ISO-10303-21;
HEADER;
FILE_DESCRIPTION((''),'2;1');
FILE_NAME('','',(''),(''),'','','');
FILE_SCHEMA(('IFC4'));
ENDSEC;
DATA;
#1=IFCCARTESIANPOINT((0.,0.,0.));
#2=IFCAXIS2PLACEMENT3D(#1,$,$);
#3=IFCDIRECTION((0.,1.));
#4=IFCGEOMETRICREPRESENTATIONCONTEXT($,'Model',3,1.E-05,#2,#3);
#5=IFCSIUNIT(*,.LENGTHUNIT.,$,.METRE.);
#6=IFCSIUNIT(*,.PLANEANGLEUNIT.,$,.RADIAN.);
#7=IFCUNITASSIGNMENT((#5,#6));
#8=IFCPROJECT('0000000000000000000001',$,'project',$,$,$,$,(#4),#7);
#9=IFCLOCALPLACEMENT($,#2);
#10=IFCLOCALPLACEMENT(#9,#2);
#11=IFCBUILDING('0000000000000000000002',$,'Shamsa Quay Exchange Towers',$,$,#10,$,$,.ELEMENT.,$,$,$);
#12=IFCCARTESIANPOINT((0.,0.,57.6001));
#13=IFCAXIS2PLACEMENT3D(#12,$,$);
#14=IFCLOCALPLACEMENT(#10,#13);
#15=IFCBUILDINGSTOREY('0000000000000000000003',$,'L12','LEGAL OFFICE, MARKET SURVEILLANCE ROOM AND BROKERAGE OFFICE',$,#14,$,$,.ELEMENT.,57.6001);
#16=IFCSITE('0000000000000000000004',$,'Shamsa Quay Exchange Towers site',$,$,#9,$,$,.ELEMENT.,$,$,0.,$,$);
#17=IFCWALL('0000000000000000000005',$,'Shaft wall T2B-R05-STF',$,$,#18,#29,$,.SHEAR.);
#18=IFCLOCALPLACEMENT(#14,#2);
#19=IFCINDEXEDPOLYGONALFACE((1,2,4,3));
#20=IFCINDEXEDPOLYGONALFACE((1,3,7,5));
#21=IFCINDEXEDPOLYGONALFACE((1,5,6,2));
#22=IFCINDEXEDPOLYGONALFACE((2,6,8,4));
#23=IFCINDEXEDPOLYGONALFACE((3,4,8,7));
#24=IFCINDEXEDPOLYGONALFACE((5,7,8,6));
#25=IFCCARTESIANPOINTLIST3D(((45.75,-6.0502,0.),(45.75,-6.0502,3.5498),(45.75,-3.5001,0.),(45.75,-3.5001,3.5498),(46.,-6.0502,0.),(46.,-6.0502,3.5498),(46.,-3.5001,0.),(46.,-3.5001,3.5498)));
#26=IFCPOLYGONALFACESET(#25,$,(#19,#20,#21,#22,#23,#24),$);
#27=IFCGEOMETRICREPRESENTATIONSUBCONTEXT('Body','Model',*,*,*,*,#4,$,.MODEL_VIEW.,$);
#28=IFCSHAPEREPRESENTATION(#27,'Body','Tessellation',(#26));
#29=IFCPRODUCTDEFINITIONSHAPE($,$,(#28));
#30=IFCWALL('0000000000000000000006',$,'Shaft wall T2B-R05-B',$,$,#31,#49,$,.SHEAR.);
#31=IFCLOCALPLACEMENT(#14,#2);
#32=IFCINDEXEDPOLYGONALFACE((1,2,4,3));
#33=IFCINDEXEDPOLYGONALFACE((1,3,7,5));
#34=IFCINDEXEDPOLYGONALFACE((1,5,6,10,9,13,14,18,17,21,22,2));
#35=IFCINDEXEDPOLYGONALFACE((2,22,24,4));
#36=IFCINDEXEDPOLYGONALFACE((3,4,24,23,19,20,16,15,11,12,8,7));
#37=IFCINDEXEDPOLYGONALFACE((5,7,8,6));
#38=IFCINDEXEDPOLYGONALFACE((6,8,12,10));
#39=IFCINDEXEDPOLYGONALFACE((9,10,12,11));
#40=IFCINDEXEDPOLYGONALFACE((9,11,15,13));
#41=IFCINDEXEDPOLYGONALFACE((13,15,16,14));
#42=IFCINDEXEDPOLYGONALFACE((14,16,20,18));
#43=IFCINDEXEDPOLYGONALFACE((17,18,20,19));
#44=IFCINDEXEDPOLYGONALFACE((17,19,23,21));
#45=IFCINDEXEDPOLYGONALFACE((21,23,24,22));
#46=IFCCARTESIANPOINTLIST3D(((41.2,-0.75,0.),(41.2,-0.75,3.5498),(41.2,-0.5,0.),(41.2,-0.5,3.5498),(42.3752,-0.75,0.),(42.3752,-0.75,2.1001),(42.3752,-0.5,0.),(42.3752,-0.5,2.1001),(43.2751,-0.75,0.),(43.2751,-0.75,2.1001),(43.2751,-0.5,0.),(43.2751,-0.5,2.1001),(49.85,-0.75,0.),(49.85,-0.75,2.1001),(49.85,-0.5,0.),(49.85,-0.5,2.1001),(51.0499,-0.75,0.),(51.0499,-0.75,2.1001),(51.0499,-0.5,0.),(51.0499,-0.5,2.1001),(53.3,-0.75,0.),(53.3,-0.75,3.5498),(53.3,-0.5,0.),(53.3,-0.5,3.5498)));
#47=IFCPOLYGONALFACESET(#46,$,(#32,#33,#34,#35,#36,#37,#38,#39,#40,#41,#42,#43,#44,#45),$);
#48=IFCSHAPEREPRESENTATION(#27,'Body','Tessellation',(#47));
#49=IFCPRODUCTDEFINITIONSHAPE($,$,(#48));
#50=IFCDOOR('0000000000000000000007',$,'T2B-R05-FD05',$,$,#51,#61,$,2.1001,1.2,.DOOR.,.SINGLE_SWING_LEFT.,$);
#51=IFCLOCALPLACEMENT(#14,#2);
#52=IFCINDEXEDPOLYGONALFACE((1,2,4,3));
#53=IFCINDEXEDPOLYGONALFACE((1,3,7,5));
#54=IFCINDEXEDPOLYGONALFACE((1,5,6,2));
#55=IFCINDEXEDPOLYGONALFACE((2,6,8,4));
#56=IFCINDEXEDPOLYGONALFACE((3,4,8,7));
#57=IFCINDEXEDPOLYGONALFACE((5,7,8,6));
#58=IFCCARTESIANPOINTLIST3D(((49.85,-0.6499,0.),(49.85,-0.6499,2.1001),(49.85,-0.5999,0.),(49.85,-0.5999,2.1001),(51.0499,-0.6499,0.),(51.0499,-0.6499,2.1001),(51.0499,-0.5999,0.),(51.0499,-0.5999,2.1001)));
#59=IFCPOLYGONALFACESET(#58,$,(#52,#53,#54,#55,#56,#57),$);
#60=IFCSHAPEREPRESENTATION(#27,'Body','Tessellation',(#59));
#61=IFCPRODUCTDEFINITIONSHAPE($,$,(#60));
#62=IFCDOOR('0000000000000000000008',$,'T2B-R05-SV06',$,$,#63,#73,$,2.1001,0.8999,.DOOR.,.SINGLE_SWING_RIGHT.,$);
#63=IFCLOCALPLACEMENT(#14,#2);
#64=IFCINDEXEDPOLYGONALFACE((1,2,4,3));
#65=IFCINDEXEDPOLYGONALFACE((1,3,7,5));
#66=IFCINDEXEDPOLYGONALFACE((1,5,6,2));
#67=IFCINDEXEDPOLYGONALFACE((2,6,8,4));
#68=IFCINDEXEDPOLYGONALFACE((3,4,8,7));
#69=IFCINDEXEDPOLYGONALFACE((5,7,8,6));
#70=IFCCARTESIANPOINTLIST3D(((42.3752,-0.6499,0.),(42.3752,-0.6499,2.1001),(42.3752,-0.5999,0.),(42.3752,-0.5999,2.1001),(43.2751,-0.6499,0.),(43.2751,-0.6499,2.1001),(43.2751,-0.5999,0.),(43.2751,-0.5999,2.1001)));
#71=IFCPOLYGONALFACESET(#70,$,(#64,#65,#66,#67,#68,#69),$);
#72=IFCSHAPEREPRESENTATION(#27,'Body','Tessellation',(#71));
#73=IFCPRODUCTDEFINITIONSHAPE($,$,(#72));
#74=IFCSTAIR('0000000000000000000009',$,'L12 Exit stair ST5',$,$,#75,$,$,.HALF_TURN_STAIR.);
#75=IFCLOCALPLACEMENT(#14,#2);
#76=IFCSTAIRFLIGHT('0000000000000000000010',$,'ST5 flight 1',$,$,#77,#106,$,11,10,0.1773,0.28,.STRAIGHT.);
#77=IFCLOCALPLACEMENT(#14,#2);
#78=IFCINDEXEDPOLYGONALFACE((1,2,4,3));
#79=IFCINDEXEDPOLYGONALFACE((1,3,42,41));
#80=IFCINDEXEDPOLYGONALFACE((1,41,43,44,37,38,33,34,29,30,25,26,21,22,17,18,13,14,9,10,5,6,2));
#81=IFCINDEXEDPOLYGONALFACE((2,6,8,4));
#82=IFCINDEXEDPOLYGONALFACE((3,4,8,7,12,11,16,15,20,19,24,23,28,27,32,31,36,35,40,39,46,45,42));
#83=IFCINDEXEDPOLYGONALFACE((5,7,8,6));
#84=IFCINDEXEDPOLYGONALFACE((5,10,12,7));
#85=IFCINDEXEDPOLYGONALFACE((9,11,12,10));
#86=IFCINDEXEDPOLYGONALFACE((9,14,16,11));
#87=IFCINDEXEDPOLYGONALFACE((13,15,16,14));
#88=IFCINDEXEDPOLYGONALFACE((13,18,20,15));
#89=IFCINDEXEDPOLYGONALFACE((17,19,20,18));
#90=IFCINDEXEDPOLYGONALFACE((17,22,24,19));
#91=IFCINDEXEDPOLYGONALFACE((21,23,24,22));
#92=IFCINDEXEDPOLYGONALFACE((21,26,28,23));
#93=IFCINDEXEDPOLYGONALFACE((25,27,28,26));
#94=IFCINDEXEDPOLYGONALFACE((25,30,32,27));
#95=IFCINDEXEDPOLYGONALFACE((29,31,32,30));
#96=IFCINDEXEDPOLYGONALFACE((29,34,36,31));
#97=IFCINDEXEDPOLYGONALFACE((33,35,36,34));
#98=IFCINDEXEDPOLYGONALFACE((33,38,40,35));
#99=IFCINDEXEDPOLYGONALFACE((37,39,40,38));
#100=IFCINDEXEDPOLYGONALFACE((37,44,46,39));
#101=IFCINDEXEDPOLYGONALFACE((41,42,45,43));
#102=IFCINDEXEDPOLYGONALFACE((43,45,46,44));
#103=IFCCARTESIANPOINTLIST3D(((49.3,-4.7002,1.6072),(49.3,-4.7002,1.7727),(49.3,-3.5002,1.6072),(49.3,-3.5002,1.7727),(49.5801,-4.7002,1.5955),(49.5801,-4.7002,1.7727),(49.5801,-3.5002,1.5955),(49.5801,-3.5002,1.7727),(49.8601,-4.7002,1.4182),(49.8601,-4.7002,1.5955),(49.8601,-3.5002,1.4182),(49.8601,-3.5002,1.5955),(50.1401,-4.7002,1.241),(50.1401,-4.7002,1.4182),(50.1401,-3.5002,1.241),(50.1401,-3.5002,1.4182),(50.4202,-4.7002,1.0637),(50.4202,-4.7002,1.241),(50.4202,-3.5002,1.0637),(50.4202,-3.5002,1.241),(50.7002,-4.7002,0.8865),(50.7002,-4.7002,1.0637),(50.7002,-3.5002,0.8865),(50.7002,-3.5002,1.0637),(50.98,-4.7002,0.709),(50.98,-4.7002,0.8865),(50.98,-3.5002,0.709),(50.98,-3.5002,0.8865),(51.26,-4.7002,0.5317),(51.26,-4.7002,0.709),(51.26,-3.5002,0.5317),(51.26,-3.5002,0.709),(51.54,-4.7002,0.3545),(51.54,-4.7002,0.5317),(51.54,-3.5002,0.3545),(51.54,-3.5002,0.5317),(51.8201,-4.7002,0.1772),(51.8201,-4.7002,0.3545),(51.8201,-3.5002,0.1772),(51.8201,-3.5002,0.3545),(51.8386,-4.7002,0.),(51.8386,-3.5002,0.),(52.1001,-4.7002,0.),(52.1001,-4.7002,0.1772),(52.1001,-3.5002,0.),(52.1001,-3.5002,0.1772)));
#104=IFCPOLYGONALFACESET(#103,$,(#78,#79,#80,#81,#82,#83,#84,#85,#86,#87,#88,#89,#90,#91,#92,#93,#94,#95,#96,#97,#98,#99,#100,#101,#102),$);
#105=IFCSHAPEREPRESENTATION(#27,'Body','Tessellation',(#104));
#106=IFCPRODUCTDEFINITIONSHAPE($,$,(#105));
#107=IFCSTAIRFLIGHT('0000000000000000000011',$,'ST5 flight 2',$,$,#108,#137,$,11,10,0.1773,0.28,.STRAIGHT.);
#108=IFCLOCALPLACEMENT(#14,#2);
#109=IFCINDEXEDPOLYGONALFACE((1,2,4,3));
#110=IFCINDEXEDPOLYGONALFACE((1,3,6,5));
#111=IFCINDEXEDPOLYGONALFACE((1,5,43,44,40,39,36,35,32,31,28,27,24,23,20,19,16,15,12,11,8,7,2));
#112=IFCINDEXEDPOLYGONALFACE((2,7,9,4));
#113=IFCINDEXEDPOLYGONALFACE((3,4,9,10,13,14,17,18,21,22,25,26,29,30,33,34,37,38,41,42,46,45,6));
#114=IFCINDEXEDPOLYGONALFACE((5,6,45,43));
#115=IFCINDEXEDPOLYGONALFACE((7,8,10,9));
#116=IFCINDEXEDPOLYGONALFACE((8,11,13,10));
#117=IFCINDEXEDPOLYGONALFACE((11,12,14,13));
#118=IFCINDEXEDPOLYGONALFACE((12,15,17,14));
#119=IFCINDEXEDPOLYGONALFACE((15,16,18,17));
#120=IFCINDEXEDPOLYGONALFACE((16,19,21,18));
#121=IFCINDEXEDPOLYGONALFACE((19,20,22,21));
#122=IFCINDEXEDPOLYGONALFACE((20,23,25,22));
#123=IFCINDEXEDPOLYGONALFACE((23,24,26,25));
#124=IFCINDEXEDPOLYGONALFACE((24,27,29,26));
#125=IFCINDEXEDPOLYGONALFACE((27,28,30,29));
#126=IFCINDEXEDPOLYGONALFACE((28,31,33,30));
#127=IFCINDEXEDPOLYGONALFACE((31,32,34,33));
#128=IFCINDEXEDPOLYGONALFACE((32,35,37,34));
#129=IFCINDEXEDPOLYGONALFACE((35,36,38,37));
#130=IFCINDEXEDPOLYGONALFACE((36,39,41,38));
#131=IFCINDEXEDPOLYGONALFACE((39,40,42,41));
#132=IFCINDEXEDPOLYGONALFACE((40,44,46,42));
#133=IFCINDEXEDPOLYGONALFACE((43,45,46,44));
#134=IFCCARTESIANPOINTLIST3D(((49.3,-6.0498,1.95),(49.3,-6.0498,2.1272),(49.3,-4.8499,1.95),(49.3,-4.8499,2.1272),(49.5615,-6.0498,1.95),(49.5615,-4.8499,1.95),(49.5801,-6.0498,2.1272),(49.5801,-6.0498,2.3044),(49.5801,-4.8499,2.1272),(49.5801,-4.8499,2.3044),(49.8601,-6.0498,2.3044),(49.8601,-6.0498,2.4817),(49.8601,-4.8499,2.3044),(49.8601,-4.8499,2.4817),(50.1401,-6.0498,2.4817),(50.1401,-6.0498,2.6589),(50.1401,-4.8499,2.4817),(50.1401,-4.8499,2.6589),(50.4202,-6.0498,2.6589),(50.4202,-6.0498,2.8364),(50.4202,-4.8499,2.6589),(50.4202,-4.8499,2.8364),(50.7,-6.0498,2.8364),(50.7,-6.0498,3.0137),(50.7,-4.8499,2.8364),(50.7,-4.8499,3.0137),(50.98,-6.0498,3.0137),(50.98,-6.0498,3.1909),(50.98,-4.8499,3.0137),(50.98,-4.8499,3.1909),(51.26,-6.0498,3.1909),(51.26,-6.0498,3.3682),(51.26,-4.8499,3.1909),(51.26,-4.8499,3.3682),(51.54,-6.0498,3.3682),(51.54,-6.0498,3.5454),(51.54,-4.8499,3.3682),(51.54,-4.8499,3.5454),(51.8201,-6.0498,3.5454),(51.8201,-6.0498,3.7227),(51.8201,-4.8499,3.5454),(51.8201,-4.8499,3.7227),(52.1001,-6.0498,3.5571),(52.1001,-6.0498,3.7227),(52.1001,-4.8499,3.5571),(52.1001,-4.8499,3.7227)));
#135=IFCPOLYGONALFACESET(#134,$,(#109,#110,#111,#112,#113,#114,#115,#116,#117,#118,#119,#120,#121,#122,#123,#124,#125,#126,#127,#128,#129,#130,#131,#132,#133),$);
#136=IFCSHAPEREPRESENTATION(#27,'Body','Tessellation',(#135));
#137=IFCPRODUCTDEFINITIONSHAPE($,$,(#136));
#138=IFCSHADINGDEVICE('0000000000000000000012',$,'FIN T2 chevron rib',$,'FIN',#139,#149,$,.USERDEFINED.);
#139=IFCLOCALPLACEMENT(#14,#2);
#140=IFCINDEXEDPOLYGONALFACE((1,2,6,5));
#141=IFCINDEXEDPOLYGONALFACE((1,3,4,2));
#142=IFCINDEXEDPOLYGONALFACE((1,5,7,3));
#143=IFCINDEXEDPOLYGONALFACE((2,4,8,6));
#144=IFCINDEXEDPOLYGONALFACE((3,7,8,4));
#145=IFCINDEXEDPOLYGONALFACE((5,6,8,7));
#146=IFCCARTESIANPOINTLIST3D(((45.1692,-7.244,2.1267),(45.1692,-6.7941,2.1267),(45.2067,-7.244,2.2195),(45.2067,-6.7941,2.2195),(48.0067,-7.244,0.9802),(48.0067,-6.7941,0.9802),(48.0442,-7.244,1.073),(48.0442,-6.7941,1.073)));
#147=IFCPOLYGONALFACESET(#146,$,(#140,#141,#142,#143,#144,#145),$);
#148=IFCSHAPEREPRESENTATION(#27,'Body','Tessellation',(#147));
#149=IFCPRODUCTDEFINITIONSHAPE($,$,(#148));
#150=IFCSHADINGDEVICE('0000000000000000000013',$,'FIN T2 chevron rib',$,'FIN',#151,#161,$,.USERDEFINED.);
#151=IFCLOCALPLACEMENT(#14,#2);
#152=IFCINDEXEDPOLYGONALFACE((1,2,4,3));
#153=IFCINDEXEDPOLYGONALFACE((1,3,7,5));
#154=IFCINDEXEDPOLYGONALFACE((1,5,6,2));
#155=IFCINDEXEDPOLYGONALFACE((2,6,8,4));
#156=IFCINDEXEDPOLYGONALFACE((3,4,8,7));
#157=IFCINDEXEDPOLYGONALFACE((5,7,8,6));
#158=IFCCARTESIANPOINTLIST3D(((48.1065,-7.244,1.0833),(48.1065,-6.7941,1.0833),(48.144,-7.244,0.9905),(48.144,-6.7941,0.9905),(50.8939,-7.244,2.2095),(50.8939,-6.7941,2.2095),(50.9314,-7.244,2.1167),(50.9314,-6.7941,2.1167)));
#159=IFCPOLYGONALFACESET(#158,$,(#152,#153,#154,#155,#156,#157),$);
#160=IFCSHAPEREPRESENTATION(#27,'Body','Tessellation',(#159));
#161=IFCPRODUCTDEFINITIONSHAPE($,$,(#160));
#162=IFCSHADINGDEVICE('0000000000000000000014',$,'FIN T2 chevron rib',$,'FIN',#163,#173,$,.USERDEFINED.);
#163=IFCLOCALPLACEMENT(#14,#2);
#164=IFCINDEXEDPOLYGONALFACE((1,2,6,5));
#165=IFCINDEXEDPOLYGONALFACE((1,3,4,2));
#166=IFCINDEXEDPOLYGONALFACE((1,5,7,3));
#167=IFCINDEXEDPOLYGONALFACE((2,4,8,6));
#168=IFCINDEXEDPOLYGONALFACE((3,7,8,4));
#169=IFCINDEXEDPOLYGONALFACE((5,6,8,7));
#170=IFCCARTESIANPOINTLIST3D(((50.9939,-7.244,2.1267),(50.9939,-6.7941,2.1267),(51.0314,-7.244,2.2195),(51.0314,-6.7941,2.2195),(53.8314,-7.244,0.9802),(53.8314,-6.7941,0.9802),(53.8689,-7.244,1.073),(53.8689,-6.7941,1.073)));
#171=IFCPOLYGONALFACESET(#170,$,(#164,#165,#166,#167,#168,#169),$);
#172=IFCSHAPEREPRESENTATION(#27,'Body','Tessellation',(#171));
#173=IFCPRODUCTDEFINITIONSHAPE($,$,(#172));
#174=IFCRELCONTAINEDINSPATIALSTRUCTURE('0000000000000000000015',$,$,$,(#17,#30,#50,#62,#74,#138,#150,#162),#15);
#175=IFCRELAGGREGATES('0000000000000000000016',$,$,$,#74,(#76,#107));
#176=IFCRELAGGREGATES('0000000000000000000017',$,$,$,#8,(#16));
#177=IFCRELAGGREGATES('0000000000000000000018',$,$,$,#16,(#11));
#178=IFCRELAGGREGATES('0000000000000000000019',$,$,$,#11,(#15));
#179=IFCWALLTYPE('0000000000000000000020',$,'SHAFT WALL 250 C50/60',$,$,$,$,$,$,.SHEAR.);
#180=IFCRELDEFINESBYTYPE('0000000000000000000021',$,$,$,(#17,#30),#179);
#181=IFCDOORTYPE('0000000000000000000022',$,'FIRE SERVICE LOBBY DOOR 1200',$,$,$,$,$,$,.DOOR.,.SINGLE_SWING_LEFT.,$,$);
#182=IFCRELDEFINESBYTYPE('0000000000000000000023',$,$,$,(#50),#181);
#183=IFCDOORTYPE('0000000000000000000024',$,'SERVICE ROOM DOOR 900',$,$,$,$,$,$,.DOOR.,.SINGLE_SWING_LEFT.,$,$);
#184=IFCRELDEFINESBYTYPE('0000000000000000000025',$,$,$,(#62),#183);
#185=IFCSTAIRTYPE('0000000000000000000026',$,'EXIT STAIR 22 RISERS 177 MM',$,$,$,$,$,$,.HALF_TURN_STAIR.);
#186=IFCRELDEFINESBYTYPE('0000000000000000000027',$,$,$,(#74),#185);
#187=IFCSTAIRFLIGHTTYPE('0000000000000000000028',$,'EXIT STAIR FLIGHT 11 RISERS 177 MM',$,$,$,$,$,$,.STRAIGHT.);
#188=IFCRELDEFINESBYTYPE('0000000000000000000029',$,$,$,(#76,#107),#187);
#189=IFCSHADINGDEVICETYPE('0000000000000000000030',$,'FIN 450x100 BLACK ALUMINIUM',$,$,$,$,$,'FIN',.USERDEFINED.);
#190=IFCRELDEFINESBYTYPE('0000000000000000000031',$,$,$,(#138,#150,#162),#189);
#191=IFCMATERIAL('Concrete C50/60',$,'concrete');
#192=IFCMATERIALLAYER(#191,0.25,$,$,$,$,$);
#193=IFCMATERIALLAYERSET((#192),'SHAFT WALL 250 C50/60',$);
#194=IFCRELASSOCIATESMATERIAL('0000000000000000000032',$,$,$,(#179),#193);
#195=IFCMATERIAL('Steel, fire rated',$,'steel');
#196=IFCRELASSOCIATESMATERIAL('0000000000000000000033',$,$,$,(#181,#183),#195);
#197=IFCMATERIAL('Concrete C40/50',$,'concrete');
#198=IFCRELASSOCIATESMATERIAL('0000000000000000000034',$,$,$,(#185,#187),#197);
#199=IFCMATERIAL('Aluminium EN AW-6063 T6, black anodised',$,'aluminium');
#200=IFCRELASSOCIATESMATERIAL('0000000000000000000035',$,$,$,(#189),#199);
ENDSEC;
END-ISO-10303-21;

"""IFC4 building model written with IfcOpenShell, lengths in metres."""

from ifc_helpers import new_model, si_unit, direction, frame, frame_2d, origin, origin_2d, place, context, subcontext, project, spatial, polyline, rectangle, outline, extrude, material, layer, layer_set, material_profile, profile_set, type_object, element, fill, aggregate, save


model = new_model("IFC4")

# Units and contexts
model_context = context("Model", 3, precision=1e-05, world=origin(), true_north=direction((0.0, 1.0)))
body_context = subcontext(model_context, "Body", "Model", "MODEL_VIEW")
ifc_project = project(units=[si_unit("LENGTHUNIT", "METRE"), si_unit("PLANEANGLEUNIT", "RADIAN")], contexts=[model_context])

# Site, building, storey
site_placement = place(None, origin())
site = spatial("IfcSite", under=ifc_project, at=site_placement, Name="Shamsa Quay Exchange Towers site", CompositionType="ELEMENT", RefElevation=0.0)
building_placement = place(site_placement, origin())
building = spatial("IfcBuilding", under=site, at=building_placement, Name="Shamsa Quay Exchange Towers", CompositionType="ELEMENT")
storey_placement = place(building_placement, frame((0.0, 0.0, 57.6001)))
storey = spatial("IfcBuildingStorey", under=building, at=storey_placement, Name="L12", Description="LEGAL OFFICE, MARKET SURVEILLANCE ROOM AND BROKERAGE OFFICE", CompositionType="ELEMENT", Elevation=57.6001)

# Shared definitions
ifc_material_1 = material(Name="Aluminium EN AW-6063 T6, black anodised", Category="aluminium")

# Shared definitions
ifc_material_2 = material(Name="Steel, fire rated", Category="steel")

# Shared definitions
ifc_material_3 = material(Name="Concrete C50/60", Category="concrete")
ifc_layer_1 = layer(ifc_material_3, 0.25)
ifc_layer_set_1 = layer_set([ifc_layer_1], Name="SHAFT WALL 250 C50/60")
wall_type_1 = type_object("IfcWallType", Name="SHAFT WALL 250 C50/60", PredefinedType="SHEAR", material=ifc_layer_set_1)

# Wall
wall_1_placement = place(storey_placement, frame((45.875, -6.05, 0.0), z_axis=(0.0, 0.0, 1.0), x_axis=(0.0, 1.0, 0.0)))
element("IfcWall", 1, at=wall_1_placement, inside=storey, type_object=wall_type_1, Name="Shaft wall T2B-R05-STF", PredefinedType="SHEAR", context=body_context, shape_type="SweptSolid", body=[
    extrude(rectangle(XDim=2.55, YDim=0.25, at=frame_2d((1.2749, 0.0))), origin(), (0.0, 0.0, 1.0), 3.5498),
])

# Wall, openings, doors
wall_2_placement = place(storey_placement, frame((53.3, -0.625, 0.0), z_axis=(0.0, 0.0, 1.0), x_axis=(-1.0, 0.0, 0.0)))
wall_2 = element("IfcWall", 2, at=wall_2_placement, inside=storey, type_object=wall_type_1, Name="Shaft wall T2B-R05-B", PredefinedType="SHEAR", context=body_context, shape_type="SweptSolid", body=[
    extrude(rectangle(XDim=12.1001, YDim=0.25, at=frame_2d((6.05, 0.0))), origin(), (0.0, 0.0, 1.0), 3.5498),
])
opening_1_placement = place(wall_2_placement, frame((2.25, 0.0, 0.0)))
opening_1 = element("IfcOpeningElement", 3, at=opening_1_placement, cuts=wall_2, PredefinedType="OPENING", context=body_context, shape_type="SweptSolid", body=[
    extrude(rectangle(XDim=1.2, YDim=2.1001, at=frame_2d((0.6001, 1.05))), frame((0.0, 0.135, 0.0), z_axis=(0.0, -1.0, 0.0), x_axis=(1.0, 0.0, 0.0)), (0.0, 0.0, 1.0), 0.27),
])
opening_2_placement = place(wall_2_placement, frame((10.0249, 0.0, 0.0)))
opening_2 = element("IfcOpeningElement", 4, at=opening_2_placement, cuts=wall_2, PredefinedType="OPENING", context=body_context, shape_type="SweptSolid", body=[
    extrude(rectangle(XDim=0.8999, YDim=2.1001, at=frame_2d((0.45, 1.05))), frame((0.0, 0.135, 0.0), z_axis=(0.0, -1.0, 0.0), x_axis=(1.0, 0.0, 0.0)), (0.0, 0.0, 1.0), 0.27),
])
door_type_1 = type_object("IfcDoorType", Name="FIRE SERVICE LOBBY DOOR 1200", OperationType="SINGLE_SWING_LEFT", PredefinedType="DOOR", material=ifc_material_2)
door_1_placement = place(opening_1_placement, origin())
door_1 = element("IfcDoor", 5, at=door_1_placement, inside=storey, type_object=door_type_1, Name="T2B-R05-FD05", OperationType="SINGLE_SWING_LEFT", OverallHeight=2.1001, OverallWidth=1.2, PredefinedType="DOOR", context=body_context, shape_type="SweptSolid", body=[
    extrude(rectangle(XDim=1.2, YDim=2.1001, at=frame_2d((0.6001, 1.05))), frame((0.0, 0.0249, 0.0), z_axis=(0.0, -1.0, 0.0), x_axis=(1.0, 0.0, 0.0)), (0.0, 0.0, 1.0), 0.05),
])
fill(opening_1, door_1)
door_type_2 = type_object("IfcDoorType", Name="SERVICE ROOM DOOR 900", OperationType="SINGLE_SWING_LEFT", PredefinedType="DOOR", material=ifc_material_2)
door_2_placement = place(opening_2_placement, origin())
door_2 = element("IfcDoor", 6, at=door_2_placement, inside=storey, type_object=door_type_2, Name="T2B-R05-SV06", OperationType="SINGLE_SWING_RIGHT", OverallHeight=2.1001, OverallWidth=0.8999, PredefinedType="DOOR", context=body_context, shape_type="SweptSolid", body=[
    extrude(rectangle(XDim=0.8999, YDim=2.1001, at=frame_2d((0.45, 1.05))), frame((0.0, 0.0249, 0.0), z_axis=(0.0, -1.0, 0.0), x_axis=(1.0, 0.0, 0.0)), (0.0, 0.0, 1.0), 0.05),
])
fill(opening_2, door_2)

# Stair, stair flights
ifc_material_4 = material(Name="Concrete C40/50", Category="concrete")
stair_type = type_object("IfcStairType", Name="EXIT STAIR 22 RISERS 177 MM", PredefinedType="HALF_TURN_STAIR", material=ifc_material_4)
stair_placement = place(storey_placement, origin())
stair = element("IfcStair", 7, at=stair_placement, inside=storey, type_object=stair_type, Name="L12 Exit stair ST5", PredefinedType="HALF_TURN_STAIR")
stair_flight_type = type_object("IfcStairFlightType", Name="EXIT STAIR FLIGHT 11 RISERS 177 MM", PredefinedType="STRAIGHT", material=ifc_material_4)
stair_flight_1_placement = place(storey_placement, frame((52.1001, -4.1001, 0.0), z_axis=(0.0, 0.0, 1.0), x_axis=(-1.0, 0.0, 0.0)))
stair_flight_1 = element("IfcStairFlight", 8, at=stair_flight_1_placement, type_object=stair_flight_type, Name="ST5 flight 1", NumberOfRisers=11, NumberOfTreads=10, PredefinedType="STRAIGHT", RiserHeight=0.1773, TreadLength=0.28, context=body_context, shape_type="SweptSolid", body=[
    extrude(outline(polyline([(0.0, 0.0), (0.0, 0.1772), (0.28, 0.1772), (0.28, 0.3545), (0.5601, 0.3545), (0.5601, 0.5317), (0.8401, 0.5317), (0.8401, 0.709), (1.1201, 0.709), (1.1201, 0.8865), (1.3999, 0.8865), (1.3999, 1.0637), (1.6799, 1.0637), (1.6799, 1.241), (1.96, 1.241), (1.96, 1.4182), (2.24, 1.4182), (2.24, 1.5955), (2.52, 1.5955), (2.52, 1.7727), (2.8, 1.7727), (2.8, 1.95), (2.8, 1.6072), (0.2615, 0.0), (0.0, 0.0)])), frame((0.0, 0.6001, 0.0), z_axis=(0.0, -1.0, 0.0), x_axis=(1.0, 0.0, 0.0)), (0.0, 0.0, 1.0), 1.2),
])
stair_flight_2_placement = place(storey_placement, frame((49.3, -5.45, 1.95)))
stair_flight_2 = element("IfcStairFlight", 9, at=stair_flight_2_placement, type_object=stair_flight_type, Name="ST5 flight 2", NumberOfRisers=11, NumberOfTreads=10, PredefinedType="STRAIGHT", RiserHeight=0.1773, TreadLength=0.28, context=body_context, shape_type="SweptSolid", body=[
    extrude(outline(polyline([(0.0, 0.0), (0.0, 0.1772), (0.28, 0.1772), (0.28, 0.3545), (0.5601, 0.3545), (0.5601, 0.5317), (0.8401, 0.5317), (0.8401, 0.709), (1.1201, 0.709), (1.1201, 0.8865), (1.3999, 0.8865), (1.3999, 1.0637), (1.6799, 1.0637), (1.6799, 1.241), (1.96, 1.241), (1.96, 1.4182), (2.24, 1.4182), (2.24, 1.5955), (2.52, 1.5955), (2.52, 1.7727), (2.8, 1.7727), (2.8, 1.95), (2.8, 1.6072), (0.2615, 0.0), (0.0, 0.0)])), frame((0.0, 0.6001, 0.0), z_axis=(0.0, -1.0, 0.0), x_axis=(1.0, 0.0, 0.0)), (0.0, 0.0, 1.0), 1.2),
])
aggregate(stair, [stair_flight_1, stair_flight_2])

# Shading devices
ifc_material_profile_1 = material_profile(ifc_material_1, rectangle(XDim=0.45, YDim=0.1001, at=origin_2d()), Name="FIN450x100")
ifc_profile_set_1 = profile_set([ifc_material_profile_1], Name="Aluminium EN AW-6063 T6, black anodised")
shading_device_type = type_object("IfcShadingDeviceType", Name="FIN 450x100 BLACK ALUMINIUM", ElementType="FIN", PredefinedType="USERDEFINED", material=ifc_profile_set_1)
shading_device_1_placement = place(storey_placement, frame((45.188, -7.019, 2.1731), z_axis=(0.927173, 0.0, -0.374635), x_axis=(0.0, 1.0, 0.0)))
element("IfcShadingDevice", 10, at=shading_device_1_placement, inside=storey, type_object=shading_device_type, Name="FIN T2 chevron rib", ObjectType="FIN", PredefinedType="USERDEFINED", context=body_context, shape_type="SweptSolid", body=[
    extrude(rectangle(XDim=0.45, YDim=0.1001, at=origin_2d()), origin(), (0.0, 0.0, 1.0), 3.0603),
])
shading_device_2_placement = place(storey_placement, frame((48.1252, -7.019, 1.0369), z_axis=(0.927177, 0.0, 0.374623), x_axis=(0.0, 1.0, 0.0)))
element("IfcShadingDevice", 11, at=shading_device_2_placement, inside=storey, type_object=shading_device_type, Name="FIN T2 chevron rib", ObjectType="FIN", PredefinedType="USERDEFINED", context=body_context, shape_type="SweptSolid", body=[
    extrude(rectangle(XDim=0.45, YDim=0.1001, at=origin_2d()), origin(), (0.0, 0.0, 1.0), 3.0063),
])
shading_device_3_placement = place(storey_placement, frame((51.0127, -7.019, 2.1731), z_axis=(0.927173, 0.0, -0.374635), x_axis=(0.0, 1.0, 0.0)))
element("IfcShadingDevice", 12, at=shading_device_3_placement, inside=storey, type_object=shading_device_type, Name="FIN T2 chevron rib", ObjectType="FIN", PredefinedType="USERDEFINED", context=body_context, shape_type="SweptSolid", body=[
    extrude(rectangle(XDim=0.45, YDim=0.1001, at=origin_2d()), origin(), (0.0, 0.0, 1.0), 3.0603),
])

save(model, "model.ifc")
